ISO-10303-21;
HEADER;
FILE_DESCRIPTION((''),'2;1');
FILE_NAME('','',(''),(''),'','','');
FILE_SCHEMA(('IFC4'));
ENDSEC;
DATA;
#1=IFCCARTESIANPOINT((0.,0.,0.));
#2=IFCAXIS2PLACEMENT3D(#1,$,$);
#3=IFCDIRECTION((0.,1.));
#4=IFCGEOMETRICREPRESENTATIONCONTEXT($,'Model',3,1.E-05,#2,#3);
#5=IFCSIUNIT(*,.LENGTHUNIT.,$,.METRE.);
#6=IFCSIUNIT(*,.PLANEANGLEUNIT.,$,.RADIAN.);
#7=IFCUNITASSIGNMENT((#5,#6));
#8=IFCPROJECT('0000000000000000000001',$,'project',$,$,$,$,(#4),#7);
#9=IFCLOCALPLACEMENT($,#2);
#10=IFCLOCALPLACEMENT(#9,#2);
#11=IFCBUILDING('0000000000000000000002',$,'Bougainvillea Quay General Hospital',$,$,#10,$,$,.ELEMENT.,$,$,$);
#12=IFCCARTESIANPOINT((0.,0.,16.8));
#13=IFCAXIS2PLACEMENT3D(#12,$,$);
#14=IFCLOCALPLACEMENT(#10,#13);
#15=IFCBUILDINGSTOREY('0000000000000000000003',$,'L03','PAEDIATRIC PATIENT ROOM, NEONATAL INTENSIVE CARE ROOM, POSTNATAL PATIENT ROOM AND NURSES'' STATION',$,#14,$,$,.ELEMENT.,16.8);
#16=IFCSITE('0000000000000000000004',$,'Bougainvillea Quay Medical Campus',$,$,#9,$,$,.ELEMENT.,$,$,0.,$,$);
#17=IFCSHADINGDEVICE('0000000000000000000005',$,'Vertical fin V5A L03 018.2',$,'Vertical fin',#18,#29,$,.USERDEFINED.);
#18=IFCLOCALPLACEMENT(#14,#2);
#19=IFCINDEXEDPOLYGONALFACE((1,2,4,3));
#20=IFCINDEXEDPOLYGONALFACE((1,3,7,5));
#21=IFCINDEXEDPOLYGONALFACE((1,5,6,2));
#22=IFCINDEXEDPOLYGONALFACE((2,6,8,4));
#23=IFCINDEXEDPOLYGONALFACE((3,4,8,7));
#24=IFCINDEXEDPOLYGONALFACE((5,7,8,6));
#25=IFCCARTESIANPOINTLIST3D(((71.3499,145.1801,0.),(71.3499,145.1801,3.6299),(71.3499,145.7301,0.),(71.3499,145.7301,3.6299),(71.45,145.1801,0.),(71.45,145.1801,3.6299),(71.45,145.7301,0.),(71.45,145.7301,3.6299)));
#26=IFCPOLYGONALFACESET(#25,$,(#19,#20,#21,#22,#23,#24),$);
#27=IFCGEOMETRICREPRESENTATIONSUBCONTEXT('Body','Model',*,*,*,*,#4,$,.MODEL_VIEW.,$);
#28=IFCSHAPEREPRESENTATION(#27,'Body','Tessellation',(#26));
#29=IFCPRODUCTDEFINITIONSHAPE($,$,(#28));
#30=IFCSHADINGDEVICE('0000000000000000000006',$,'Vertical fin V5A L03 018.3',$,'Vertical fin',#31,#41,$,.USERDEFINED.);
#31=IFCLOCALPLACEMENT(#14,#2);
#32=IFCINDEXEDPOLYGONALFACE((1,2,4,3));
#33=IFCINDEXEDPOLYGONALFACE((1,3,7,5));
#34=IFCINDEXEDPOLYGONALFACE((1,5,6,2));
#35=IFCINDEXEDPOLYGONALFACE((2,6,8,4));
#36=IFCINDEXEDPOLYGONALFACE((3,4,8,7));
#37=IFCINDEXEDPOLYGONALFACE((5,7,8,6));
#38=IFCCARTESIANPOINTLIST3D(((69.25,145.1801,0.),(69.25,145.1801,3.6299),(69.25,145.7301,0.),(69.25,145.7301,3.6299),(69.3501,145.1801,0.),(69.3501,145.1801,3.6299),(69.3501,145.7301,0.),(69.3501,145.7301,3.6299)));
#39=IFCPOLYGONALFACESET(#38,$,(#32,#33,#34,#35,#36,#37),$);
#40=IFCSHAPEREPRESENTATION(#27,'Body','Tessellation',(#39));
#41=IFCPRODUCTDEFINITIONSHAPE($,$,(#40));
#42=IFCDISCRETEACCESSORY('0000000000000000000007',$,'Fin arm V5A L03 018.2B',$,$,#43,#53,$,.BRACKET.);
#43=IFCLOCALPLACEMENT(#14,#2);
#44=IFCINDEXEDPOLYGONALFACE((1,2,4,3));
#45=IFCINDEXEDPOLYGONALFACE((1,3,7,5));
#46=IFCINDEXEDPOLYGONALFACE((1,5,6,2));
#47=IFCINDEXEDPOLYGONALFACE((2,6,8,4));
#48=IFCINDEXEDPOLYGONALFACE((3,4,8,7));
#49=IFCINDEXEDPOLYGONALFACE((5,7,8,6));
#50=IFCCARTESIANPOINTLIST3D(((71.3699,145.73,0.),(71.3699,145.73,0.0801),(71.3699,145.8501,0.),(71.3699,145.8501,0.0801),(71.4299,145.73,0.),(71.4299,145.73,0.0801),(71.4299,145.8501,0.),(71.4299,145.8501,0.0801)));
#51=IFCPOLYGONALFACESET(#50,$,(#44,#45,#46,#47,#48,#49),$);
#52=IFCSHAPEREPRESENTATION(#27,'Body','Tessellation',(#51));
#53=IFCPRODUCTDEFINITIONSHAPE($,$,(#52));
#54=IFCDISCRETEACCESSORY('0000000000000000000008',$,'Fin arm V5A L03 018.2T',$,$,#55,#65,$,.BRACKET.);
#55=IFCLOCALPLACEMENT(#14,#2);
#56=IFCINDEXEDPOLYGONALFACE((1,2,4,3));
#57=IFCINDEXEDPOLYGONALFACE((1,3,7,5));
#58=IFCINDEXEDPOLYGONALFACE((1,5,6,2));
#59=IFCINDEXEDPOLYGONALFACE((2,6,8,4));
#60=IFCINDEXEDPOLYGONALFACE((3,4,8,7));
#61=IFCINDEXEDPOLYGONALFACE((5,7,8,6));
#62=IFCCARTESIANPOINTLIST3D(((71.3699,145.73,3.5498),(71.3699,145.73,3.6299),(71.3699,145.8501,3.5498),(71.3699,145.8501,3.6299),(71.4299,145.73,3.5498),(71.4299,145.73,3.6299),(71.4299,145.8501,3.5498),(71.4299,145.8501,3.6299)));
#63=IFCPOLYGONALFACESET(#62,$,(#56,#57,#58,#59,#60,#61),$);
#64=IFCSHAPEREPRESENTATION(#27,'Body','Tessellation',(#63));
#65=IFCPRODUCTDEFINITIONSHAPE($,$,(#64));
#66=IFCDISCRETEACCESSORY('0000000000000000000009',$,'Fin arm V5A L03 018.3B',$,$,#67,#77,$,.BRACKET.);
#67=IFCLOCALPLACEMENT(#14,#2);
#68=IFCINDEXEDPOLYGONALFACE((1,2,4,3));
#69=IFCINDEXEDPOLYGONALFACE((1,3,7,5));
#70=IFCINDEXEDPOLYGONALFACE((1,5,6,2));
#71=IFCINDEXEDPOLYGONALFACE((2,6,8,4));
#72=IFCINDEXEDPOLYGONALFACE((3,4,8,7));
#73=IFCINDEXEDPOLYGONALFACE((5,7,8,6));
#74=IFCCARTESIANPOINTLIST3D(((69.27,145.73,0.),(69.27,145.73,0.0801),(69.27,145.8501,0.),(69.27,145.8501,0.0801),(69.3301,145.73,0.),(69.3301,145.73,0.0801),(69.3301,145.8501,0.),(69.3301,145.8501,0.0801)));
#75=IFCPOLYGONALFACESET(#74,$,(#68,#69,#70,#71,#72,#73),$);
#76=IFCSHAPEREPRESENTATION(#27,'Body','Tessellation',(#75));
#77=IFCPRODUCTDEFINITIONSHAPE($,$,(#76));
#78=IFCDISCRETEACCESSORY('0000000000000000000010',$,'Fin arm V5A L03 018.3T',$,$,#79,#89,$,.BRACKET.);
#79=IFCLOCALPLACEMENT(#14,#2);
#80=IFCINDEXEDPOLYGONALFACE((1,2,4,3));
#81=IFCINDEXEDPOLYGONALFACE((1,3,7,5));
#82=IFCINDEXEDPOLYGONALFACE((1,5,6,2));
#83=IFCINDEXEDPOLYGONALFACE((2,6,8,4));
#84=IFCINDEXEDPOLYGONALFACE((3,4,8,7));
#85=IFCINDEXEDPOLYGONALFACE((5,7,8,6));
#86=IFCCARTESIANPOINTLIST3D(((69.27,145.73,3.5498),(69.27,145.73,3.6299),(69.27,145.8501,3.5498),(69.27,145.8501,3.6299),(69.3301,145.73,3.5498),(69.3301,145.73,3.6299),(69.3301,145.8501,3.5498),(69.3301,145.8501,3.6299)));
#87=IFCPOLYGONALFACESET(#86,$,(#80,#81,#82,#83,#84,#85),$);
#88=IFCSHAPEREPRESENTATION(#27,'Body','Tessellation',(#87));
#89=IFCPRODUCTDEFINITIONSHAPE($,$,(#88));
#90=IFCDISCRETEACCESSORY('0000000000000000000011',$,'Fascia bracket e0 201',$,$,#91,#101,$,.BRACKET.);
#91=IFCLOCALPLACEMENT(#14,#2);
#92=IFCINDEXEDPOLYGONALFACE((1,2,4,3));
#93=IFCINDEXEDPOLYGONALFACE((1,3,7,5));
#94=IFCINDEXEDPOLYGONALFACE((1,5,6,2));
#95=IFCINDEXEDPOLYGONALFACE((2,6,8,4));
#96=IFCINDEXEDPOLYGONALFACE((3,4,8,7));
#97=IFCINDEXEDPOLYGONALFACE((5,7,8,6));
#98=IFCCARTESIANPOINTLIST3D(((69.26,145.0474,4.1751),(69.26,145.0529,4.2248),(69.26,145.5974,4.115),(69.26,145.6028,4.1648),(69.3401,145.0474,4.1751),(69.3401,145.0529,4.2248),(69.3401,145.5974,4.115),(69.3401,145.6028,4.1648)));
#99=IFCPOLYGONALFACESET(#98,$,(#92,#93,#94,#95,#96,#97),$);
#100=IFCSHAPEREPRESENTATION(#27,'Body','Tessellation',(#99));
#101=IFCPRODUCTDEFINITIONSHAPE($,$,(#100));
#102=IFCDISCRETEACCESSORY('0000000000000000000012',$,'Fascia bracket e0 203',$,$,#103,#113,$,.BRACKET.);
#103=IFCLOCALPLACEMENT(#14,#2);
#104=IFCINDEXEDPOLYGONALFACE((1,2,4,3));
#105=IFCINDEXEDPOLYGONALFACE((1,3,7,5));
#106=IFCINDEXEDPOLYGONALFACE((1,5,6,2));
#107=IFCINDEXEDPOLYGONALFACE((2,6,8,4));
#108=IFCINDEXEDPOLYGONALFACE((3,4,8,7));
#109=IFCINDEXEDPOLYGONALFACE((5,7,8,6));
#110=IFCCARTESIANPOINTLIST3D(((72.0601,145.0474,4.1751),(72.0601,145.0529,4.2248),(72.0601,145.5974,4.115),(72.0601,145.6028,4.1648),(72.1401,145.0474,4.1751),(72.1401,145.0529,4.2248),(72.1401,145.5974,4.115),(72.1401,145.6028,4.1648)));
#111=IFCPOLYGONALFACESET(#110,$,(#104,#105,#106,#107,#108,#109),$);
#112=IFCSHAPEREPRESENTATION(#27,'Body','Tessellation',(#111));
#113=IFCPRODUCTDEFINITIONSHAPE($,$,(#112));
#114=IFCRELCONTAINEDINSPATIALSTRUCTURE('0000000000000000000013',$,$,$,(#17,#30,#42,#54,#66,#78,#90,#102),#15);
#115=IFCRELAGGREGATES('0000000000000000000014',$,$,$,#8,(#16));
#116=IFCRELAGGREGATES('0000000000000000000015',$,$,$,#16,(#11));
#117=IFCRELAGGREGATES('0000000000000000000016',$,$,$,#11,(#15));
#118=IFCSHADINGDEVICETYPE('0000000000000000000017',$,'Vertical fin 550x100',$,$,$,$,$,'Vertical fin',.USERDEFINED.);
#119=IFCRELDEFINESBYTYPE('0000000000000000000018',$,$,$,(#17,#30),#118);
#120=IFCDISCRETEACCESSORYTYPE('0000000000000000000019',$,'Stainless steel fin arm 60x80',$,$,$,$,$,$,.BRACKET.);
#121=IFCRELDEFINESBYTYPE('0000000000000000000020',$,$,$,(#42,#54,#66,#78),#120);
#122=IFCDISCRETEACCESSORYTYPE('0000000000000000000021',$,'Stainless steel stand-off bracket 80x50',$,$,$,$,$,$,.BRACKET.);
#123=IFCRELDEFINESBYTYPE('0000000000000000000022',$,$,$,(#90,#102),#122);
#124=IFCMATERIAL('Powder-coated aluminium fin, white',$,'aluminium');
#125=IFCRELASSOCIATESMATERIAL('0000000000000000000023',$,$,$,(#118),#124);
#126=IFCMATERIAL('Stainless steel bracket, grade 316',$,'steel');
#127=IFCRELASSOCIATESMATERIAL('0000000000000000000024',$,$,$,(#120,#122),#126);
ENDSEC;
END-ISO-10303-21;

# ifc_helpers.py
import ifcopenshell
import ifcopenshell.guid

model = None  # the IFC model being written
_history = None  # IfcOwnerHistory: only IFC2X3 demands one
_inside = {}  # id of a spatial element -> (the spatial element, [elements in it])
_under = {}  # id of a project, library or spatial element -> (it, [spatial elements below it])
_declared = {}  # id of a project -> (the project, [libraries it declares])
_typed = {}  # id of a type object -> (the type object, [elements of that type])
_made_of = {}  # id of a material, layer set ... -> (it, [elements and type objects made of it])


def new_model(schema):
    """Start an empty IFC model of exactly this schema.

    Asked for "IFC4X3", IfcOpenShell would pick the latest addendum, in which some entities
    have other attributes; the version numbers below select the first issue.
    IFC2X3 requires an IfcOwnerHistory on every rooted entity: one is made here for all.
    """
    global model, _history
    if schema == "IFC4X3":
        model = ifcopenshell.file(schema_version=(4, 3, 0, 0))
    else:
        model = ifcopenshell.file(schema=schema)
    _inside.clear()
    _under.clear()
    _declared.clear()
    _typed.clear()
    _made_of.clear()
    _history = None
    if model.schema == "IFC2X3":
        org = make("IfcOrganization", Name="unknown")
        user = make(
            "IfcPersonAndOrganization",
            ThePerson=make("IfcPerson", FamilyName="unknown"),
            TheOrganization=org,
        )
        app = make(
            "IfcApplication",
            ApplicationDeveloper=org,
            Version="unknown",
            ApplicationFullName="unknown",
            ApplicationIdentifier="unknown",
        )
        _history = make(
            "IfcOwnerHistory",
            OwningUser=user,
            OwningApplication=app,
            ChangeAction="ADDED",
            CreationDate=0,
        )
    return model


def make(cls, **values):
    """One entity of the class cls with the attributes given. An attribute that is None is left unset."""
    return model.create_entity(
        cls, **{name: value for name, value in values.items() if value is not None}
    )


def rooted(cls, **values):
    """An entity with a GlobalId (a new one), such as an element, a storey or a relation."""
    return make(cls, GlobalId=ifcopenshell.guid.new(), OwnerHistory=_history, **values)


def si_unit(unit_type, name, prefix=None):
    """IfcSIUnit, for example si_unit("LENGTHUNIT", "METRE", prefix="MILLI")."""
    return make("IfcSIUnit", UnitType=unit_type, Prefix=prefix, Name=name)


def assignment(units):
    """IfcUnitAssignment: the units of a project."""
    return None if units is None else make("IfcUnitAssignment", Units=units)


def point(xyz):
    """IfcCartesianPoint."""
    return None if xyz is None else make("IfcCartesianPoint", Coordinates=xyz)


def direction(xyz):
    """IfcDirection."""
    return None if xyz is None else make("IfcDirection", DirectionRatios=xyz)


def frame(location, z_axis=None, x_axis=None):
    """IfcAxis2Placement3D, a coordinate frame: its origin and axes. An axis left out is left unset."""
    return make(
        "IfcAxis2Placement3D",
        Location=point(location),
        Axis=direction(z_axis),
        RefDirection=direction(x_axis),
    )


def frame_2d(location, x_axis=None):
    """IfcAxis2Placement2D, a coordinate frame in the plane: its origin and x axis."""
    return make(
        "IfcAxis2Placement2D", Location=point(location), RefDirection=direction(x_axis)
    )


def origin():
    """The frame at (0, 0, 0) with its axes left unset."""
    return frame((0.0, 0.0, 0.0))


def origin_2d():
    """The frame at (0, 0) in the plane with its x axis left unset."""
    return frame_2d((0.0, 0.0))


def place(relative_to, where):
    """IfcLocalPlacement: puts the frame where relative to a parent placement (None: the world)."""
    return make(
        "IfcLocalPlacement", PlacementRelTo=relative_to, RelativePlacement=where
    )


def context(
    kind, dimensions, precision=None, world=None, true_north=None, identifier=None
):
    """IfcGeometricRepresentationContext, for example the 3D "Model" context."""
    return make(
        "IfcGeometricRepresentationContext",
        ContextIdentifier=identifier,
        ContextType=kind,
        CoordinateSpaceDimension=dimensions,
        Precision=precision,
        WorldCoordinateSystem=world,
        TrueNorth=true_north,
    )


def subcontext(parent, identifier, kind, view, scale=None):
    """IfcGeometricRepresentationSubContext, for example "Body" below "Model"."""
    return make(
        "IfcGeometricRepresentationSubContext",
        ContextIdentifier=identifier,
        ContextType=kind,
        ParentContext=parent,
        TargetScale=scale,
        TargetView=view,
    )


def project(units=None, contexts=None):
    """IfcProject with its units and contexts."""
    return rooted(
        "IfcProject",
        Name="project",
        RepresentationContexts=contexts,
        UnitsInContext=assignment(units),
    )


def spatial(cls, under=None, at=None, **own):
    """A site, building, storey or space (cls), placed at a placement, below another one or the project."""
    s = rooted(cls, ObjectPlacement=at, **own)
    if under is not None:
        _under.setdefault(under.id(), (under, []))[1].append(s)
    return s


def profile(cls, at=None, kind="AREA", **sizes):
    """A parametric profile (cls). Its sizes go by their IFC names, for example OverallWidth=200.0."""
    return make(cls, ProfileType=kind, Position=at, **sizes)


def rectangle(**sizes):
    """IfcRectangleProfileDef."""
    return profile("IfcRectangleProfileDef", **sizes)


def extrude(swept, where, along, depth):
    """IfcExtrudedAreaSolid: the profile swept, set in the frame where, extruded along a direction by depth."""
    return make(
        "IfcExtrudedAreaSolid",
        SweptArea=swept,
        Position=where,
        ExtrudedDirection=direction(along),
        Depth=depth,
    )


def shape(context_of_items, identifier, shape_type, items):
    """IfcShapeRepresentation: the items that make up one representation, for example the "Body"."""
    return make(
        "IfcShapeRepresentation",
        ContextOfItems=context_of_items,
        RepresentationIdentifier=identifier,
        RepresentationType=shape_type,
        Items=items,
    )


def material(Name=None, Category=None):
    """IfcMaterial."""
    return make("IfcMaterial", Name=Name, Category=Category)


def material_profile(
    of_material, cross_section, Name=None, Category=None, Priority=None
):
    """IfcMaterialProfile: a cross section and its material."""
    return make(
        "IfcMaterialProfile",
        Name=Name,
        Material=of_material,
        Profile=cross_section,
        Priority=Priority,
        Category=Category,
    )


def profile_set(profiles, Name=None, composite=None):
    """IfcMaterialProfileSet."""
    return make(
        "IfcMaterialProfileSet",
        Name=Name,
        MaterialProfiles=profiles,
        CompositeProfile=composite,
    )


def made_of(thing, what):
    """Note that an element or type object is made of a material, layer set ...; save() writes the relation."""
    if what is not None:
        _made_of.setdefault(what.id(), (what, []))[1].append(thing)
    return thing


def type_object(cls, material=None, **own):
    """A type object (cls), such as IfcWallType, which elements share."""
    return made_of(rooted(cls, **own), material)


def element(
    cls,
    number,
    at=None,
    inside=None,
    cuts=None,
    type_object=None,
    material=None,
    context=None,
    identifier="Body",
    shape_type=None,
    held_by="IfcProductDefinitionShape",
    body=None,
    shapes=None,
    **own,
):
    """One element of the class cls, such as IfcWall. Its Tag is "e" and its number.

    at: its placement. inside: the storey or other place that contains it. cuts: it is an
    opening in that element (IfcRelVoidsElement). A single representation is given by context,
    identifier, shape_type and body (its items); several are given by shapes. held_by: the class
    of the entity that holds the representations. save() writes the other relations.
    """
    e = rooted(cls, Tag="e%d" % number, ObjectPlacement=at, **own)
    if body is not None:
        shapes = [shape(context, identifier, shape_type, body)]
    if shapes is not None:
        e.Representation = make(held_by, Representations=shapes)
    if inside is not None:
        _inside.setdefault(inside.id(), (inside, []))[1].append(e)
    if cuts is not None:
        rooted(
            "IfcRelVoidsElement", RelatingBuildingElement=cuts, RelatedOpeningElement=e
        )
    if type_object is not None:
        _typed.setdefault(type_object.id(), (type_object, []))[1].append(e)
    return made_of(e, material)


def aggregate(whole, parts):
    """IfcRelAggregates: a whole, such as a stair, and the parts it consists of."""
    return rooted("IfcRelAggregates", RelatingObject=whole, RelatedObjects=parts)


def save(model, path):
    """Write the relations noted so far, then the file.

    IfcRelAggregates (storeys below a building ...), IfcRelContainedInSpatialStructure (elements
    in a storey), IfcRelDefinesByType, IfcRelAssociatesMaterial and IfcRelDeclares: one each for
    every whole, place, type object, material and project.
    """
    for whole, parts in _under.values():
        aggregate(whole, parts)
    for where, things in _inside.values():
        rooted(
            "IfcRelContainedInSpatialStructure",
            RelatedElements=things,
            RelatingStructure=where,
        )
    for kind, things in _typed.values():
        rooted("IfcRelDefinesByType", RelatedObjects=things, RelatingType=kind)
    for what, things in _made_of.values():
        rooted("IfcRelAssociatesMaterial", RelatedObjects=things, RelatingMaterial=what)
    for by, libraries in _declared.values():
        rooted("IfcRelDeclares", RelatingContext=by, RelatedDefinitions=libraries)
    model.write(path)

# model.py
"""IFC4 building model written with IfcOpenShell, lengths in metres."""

from ifc_helpers import new_model, si_unit, direction, frame, origin, origin_2d, place, context, subcontext, project, spatial, rectangle, extrude, material, material_profile, profile_set, type_object, element, save


model = new_model("IFC4")

# Units and contexts
model_context = context("Model", 3, precision=1e-05, world=origin(), true_north=direction((0.0, 1.0)))
body_context = subcontext(model_context, "Body", "Model", "MODEL_VIEW")
ifc_project = project(units=[si_unit("LENGTHUNIT", "METRE"), si_unit("PLANEANGLEUNIT", "RADIAN")], contexts=[model_context])

# Site, building, storey
site_placement = place(None, origin())
site = spatial("IfcSite", under=ifc_project, at=site_placement, Name="Bougainvillea Quay Medical Campus", CompositionType="ELEMENT", RefElevation=0.0)
building_placement = place(site_placement, origin())
building = spatial("IfcBuilding", under=site, at=building_placement, Name="Bougainvillea Quay General Hospital", CompositionType="ELEMENT")
storey_placement = place(building_placement, frame((0.0, 0.0, 16.8)))
storey = spatial("IfcBuildingStorey", under=building, at=storey_placement, Name="L03", Description="PAEDIATRIC PATIENT ROOM, NEONATAL INTENSIVE CARE ROOM, POSTNATAL PATIENT ROOM AND NURSES' STATION", CompositionType="ELEMENT", Elevation=16.8)

# Shading devices
ifc_material_1 = material(Name="Powder-coated aluminium fin, white", Category="aluminium")
ifc_material_profile_1 = material_profile(ifc_material_1, rectangle(XDim=0.55, YDim=0.1001, at=origin_2d()))
ifc_profile_set_1 = profile_set([ifc_material_profile_1], Name="Powder-coated aluminium fin, white")
shading_device_type = type_object("IfcShadingDeviceType", Name="Vertical fin 550x100", ElementType="Vertical fin", PredefinedType="USERDEFINED", material=ifc_profile_set_1)
for number, where, z_axis, x_axis, name in (
    (1, (71.3999, 145.4551, 0.0), (0.0, 0.0, 1.0), (0.0, -1.0, 0.0), "Vertical fin V5A L03 018.2"),
    (2, (69.3, 145.4551, 0.0), (0.0, 0.0, 1.0), (0.0, -1.0, 0.0), "Vertical fin V5A L03 018.3"),
):
    element("IfcShadingDevice", number, at=place(storey_placement, frame(where, z_axis=z_axis, x_axis=x_axis)), inside=storey, type_object=shading_device_type, Name=name, ObjectType="Vertical fin", PredefinedType="USERDEFINED", context=body_context, shape_type="SweptSolid", body=[
        extrude(rectangle(XDim=0.55, YDim=0.1001, at=origin_2d()), origin(), (0.0, 0.0, 1.0), 3.6299),
    ])

# Discrete accessories
ifc_material_2 = material(Name="Stainless steel bracket, grade 316", Category="steel")
discrete_accessory_type_1 = type_object("IfcDiscreteAccessoryType", Name="Stainless steel fin arm 60x80", PredefinedType="BRACKET", material=ifc_material_2)
for number, where, z_axis, x_axis, name in (
    (3, (71.3999, 145.79, 0.0), (0.0, 0.0, 1.0), (0.0, -1.0, 0.0), "Fin arm V5A L03 018.2B"),
    (4, (71.3999, 145.79, 3.5498), (0.0, 0.0, 1.0), (0.0, -1.0, 0.0), "Fin arm V5A L03 018.2T"),
    (5, (69.3, 145.79, 0.0), (0.0, 0.0, 1.0), (0.0, -1.0, 0.0), "Fin arm V5A L03 018.3B"),
    (6, (69.3, 145.79, 3.5498), (0.0, 0.0, 1.0), (0.0, -1.0, 0.0), "Fin arm V5A L03 018.3T"),
):
    element("IfcDiscreteAccessory", number, at=place(storey_placement, frame(where, z_axis=z_axis, x_axis=x_axis)), inside=storey, type_object=discrete_accessory_type_1, Name=name, PredefinedType="BRACKET", context=body_context, shape_type="SweptSolid", body=[
        extrude(rectangle(XDim=0.1201, YDim=0.0601, at=origin_2d()), origin(), (0.0, 0.0, 1.0), 0.0801),
    ])
ifc_material_profile_2 = material_profile(ifc_material_2, rectangle(XDim=0.0801, YDim=0.05, at=origin_2d()))
ifc_profile_set_2 = profile_set([ifc_material_profile_2], Name="Stainless steel bracket, grade 316")
discrete_accessory_type_2 = type_object("IfcDiscreteAccessoryType", Name="Stainless steel stand-off bracket 80x50", PredefinedType="BRACKET", material=ifc_profile_set_2)
for number, where, z_axis, x_axis, name in (
    (7, (69.3, 145.6001, 4.1399), (0.0, -0.994092, 0.108543), (1.0, 0.0, 0.0), "Fascia bracket e0 201"),
    (8, (72.1001, 145.6001, 4.1399), (0.0, -0.994092, 0.108543), (1.0, 0.0, 0.0), "Fascia bracket e0 203"),
):
    element("IfcDiscreteAccessory", number, at=place(storey_placement, frame(where, z_axis=z_axis, x_axis=x_axis)), inside=storey, type_object=discrete_accessory_type_2, Name=name, PredefinedType="BRACKET", context=body_context, shape_type="SweptSolid", body=[
        extrude(rectangle(XDim=0.0801, YDim=0.05, at=origin_2d()), origin(), (0.0, 0.0, 1.0), 0.5532),
    ])

save(model, "model.ifc")
